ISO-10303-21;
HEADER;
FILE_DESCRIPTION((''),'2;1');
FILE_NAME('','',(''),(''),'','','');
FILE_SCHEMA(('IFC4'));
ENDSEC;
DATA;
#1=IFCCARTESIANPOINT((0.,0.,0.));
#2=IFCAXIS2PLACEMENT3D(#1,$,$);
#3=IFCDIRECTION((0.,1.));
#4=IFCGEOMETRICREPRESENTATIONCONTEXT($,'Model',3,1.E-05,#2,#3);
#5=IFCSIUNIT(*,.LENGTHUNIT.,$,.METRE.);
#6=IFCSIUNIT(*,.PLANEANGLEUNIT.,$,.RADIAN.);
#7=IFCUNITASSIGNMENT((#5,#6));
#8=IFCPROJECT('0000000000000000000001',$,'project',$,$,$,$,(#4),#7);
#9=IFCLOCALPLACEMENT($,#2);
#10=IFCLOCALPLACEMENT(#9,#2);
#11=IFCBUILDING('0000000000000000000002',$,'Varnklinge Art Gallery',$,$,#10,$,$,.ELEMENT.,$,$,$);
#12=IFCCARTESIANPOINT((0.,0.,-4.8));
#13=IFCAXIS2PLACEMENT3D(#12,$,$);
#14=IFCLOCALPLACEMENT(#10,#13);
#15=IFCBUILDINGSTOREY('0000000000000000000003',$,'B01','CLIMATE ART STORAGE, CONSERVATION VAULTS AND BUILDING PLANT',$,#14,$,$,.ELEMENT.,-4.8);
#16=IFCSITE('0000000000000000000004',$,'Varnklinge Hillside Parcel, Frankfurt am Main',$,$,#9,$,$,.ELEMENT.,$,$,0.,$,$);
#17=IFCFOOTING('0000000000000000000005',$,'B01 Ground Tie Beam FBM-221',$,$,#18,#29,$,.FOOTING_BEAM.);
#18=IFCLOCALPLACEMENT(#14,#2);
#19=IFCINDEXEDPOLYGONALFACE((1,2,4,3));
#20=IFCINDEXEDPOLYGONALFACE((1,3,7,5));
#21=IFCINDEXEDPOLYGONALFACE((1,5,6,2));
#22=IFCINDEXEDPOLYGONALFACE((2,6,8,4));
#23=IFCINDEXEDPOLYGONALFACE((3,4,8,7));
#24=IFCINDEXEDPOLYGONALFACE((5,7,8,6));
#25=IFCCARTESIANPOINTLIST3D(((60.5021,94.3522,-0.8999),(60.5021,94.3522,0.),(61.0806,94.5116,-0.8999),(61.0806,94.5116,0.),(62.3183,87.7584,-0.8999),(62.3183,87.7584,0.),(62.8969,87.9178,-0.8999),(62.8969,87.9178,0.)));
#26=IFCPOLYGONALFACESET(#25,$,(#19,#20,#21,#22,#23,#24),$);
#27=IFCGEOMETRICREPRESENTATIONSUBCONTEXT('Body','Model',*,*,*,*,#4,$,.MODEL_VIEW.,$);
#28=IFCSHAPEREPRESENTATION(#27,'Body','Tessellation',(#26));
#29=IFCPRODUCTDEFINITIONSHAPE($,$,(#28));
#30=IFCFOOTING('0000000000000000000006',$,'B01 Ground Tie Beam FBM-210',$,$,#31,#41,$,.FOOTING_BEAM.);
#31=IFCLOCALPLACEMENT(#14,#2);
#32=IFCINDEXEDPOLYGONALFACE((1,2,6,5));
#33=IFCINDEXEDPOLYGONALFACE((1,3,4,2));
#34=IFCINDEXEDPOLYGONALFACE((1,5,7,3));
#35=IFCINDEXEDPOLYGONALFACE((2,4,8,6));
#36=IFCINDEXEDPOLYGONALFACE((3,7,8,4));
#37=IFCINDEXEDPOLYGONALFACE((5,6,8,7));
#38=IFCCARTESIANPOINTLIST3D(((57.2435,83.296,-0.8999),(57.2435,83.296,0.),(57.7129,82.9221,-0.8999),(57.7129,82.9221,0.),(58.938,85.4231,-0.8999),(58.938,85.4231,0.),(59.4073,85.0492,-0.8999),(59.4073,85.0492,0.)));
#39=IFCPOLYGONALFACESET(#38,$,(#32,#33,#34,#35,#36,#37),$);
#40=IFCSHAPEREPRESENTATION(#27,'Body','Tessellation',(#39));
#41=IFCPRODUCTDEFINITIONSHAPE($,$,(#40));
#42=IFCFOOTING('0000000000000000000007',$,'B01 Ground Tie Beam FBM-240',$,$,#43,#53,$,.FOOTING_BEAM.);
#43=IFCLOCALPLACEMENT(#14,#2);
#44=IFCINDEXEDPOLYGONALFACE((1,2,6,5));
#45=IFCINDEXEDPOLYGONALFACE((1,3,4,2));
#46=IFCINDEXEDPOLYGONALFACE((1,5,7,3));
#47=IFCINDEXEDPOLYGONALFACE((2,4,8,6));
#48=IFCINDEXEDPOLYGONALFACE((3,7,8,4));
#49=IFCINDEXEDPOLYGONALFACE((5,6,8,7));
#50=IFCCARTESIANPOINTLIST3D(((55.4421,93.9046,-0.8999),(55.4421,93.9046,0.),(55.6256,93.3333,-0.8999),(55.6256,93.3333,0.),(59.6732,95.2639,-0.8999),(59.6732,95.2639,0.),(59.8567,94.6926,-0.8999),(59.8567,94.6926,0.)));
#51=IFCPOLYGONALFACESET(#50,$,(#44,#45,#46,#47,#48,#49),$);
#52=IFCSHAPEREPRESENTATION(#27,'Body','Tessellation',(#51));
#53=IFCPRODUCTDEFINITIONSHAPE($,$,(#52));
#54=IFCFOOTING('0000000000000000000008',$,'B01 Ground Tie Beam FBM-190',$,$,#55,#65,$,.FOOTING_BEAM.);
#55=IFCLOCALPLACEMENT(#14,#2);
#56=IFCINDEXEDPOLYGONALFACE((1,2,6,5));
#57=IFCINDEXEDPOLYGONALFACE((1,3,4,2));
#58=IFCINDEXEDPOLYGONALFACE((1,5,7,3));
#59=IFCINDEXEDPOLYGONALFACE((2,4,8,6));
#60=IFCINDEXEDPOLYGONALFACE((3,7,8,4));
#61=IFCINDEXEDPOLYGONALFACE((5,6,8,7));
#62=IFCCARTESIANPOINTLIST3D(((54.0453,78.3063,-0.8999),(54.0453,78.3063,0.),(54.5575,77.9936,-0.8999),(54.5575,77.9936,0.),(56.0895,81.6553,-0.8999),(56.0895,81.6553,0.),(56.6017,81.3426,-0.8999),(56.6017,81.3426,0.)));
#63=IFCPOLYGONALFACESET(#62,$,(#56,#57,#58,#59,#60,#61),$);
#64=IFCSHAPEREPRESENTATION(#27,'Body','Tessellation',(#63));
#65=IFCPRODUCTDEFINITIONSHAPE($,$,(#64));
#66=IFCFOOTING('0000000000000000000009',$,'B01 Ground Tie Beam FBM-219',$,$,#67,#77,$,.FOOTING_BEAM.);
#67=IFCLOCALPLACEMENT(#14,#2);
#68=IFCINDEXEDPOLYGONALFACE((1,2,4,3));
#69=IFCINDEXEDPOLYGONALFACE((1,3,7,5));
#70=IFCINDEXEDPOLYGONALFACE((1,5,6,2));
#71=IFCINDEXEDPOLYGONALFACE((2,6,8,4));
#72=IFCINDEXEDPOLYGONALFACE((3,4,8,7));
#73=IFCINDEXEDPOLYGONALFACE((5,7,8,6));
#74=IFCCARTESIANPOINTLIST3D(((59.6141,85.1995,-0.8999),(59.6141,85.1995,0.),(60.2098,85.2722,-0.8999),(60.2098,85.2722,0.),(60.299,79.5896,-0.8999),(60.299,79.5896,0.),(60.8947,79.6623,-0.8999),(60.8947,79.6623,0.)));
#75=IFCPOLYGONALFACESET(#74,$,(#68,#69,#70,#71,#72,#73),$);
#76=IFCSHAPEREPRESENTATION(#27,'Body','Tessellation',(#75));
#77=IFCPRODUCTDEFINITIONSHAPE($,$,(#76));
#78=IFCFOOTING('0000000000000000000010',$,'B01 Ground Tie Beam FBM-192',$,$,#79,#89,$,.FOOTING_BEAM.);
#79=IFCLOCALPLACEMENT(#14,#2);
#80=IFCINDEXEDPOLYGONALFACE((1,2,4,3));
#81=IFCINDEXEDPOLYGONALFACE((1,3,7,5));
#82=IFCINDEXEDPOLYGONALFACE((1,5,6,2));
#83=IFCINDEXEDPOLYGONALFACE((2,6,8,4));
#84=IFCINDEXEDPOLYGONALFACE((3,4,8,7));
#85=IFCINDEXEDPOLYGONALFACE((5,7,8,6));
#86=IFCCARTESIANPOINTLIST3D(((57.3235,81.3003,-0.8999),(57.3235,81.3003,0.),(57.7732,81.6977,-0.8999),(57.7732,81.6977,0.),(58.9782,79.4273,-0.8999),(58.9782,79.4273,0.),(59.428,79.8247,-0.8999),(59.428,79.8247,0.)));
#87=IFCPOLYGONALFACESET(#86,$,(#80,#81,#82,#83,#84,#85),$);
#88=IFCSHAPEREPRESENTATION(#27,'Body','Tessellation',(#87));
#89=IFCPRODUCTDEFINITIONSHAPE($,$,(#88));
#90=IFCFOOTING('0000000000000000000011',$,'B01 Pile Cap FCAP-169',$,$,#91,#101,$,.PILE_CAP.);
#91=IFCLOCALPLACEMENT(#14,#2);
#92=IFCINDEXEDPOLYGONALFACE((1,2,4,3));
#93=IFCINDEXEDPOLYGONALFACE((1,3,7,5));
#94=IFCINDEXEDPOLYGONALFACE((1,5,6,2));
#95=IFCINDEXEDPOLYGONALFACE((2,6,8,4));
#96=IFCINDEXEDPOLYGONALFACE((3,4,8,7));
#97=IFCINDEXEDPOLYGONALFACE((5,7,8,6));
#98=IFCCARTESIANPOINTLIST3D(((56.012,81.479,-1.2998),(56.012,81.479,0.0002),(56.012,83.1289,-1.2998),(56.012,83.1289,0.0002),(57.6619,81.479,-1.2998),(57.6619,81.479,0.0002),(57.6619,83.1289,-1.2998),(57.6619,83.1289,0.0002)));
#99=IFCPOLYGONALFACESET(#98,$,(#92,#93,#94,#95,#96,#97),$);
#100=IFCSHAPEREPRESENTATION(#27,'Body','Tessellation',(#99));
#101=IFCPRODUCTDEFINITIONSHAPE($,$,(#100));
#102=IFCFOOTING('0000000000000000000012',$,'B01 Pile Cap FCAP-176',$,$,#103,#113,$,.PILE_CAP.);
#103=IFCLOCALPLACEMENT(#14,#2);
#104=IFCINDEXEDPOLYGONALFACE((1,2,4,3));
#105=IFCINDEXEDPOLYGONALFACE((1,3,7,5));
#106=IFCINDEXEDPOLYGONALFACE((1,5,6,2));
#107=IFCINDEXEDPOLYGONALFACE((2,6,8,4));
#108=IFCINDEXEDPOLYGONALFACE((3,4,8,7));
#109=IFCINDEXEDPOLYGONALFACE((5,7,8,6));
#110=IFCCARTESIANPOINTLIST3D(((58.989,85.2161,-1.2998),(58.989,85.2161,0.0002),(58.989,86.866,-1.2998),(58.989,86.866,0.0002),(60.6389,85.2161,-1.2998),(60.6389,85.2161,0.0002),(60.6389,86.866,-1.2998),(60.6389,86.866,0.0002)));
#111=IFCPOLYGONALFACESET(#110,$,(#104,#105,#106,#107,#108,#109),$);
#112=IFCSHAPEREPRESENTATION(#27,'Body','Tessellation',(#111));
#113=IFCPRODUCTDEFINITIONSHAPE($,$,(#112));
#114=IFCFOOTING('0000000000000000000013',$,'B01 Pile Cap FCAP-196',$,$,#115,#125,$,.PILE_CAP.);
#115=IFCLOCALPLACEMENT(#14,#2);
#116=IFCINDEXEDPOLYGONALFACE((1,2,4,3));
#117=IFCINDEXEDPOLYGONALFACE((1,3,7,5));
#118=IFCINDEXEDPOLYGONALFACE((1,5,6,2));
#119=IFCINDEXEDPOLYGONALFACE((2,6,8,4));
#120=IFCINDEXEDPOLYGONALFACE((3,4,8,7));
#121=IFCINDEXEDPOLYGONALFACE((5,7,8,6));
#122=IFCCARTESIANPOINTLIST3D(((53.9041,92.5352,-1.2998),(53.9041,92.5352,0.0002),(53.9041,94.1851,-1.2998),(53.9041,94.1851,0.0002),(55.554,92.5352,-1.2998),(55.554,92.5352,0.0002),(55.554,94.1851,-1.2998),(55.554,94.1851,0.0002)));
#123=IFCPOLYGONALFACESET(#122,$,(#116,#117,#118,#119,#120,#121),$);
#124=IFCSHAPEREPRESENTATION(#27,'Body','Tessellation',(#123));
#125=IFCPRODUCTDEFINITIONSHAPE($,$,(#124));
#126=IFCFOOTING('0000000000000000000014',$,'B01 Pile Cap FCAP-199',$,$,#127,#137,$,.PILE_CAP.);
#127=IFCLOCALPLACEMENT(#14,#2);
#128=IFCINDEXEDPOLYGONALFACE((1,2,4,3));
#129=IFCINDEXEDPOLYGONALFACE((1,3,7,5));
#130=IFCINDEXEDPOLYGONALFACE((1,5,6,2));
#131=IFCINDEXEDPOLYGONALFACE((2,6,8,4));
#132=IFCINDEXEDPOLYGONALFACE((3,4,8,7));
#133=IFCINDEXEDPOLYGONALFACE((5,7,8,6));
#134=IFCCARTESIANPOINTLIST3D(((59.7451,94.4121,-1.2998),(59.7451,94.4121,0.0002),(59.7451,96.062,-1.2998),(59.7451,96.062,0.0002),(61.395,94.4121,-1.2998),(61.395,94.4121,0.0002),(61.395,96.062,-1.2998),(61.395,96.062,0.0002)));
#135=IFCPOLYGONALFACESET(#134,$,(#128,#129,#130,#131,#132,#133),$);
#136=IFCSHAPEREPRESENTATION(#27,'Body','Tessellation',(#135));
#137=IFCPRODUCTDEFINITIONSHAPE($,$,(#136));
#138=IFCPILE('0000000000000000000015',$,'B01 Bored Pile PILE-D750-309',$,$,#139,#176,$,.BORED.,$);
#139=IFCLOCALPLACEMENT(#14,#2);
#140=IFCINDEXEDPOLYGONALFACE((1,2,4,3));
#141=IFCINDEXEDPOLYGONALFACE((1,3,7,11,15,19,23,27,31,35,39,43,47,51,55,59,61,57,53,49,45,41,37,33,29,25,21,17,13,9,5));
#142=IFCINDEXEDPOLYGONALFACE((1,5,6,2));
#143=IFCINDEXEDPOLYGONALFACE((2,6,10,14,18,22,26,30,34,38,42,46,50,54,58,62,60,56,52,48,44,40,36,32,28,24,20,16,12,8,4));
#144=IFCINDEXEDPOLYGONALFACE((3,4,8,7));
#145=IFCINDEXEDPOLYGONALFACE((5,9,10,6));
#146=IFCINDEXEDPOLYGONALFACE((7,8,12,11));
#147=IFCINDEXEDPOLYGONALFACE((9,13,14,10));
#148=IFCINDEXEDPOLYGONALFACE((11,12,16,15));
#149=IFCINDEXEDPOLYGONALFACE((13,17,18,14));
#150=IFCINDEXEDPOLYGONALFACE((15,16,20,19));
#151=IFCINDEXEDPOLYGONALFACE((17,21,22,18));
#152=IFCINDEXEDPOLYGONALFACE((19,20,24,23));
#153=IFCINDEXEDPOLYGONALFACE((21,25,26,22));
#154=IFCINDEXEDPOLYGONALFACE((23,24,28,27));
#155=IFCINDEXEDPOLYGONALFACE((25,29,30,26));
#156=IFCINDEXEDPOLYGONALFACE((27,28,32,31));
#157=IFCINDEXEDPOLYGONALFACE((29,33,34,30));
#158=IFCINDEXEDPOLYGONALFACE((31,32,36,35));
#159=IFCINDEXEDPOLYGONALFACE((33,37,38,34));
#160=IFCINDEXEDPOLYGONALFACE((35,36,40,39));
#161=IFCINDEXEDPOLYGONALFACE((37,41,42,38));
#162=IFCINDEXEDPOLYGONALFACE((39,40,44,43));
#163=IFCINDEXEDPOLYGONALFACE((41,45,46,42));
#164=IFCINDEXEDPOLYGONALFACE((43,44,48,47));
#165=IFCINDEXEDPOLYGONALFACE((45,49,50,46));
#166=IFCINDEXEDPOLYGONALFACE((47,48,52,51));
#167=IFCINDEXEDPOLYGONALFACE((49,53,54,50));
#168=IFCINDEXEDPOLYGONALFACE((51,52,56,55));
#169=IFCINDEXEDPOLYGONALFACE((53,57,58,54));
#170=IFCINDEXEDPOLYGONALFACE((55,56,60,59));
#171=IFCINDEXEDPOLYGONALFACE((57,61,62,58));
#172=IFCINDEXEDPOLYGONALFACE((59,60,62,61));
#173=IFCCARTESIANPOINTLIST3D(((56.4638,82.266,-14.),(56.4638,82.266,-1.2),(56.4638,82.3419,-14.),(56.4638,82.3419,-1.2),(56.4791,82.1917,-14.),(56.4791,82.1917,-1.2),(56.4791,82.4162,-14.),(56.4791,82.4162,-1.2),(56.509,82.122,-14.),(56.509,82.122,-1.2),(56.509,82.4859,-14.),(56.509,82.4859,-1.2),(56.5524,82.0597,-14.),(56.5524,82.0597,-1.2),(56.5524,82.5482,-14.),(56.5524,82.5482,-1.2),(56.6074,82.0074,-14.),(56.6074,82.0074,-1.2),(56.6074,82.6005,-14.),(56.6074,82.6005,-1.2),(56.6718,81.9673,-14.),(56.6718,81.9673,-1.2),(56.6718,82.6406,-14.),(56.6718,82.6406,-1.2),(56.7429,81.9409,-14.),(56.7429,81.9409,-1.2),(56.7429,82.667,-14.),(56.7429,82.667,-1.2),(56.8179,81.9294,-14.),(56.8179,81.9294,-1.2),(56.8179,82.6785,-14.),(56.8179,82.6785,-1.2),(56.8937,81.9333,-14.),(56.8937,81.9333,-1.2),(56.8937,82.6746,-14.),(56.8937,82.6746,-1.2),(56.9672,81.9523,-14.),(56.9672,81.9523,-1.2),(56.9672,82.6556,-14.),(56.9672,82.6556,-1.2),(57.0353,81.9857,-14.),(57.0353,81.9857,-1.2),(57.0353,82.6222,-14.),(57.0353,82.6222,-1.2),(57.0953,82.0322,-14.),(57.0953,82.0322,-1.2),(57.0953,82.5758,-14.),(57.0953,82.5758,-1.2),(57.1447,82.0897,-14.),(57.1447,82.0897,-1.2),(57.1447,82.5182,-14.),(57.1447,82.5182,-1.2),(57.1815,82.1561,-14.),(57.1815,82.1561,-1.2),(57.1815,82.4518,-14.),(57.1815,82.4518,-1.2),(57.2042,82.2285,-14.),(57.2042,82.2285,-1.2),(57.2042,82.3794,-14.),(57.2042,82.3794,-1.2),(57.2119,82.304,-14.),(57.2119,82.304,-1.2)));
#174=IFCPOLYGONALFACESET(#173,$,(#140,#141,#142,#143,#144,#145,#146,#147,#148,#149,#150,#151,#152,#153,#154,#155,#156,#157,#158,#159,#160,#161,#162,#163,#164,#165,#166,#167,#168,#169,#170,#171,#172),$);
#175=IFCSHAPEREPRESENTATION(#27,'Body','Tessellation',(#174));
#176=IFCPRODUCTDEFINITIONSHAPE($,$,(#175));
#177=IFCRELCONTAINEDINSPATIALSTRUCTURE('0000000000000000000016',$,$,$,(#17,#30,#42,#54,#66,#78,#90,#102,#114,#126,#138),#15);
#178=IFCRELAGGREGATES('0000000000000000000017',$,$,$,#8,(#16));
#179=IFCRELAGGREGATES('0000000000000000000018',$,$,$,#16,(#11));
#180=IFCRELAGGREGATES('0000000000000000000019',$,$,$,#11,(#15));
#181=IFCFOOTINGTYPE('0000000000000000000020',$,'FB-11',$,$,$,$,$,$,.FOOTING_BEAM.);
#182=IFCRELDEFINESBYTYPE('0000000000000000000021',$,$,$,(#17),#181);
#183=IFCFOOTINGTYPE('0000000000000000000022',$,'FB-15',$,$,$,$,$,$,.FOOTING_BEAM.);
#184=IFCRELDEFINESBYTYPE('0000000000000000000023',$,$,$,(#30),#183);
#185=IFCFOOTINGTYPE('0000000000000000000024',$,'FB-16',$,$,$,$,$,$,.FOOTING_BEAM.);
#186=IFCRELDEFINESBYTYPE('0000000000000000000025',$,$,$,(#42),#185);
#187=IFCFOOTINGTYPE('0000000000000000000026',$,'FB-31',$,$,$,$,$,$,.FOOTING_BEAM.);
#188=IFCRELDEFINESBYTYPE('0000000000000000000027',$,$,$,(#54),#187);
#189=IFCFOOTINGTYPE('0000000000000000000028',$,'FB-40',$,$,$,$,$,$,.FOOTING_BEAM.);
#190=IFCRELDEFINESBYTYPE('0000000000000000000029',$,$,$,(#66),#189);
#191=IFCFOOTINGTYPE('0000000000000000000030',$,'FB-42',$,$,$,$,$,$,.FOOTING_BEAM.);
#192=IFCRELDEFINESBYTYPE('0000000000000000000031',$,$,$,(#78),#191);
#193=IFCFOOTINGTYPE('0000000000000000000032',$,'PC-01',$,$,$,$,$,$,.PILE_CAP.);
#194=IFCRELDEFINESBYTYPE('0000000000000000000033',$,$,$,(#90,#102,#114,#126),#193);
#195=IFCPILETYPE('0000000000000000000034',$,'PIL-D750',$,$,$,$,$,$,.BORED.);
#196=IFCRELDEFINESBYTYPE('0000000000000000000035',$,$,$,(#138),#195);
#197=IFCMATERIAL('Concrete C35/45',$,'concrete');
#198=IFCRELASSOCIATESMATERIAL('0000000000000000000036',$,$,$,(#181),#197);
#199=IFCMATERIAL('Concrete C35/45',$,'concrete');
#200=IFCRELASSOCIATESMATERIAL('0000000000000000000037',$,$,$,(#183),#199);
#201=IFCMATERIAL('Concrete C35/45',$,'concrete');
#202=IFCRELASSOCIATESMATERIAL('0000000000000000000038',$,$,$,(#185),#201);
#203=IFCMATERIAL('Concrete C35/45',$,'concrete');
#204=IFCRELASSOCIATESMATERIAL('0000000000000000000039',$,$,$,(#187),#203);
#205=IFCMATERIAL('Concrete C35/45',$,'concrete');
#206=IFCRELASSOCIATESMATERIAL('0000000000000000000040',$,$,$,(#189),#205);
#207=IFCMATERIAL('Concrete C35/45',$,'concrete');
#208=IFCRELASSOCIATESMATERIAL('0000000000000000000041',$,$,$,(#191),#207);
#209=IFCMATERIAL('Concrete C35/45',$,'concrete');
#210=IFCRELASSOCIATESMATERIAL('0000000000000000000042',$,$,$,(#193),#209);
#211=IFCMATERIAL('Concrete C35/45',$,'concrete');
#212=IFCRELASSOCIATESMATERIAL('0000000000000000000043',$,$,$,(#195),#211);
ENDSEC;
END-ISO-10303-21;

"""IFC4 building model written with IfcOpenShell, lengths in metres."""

from ifc_helpers import new_model, si_unit, direction, frame, origin, origin_2d, place, context, subcontext, project, spatial, rectangle, circle, extrude, material, material_profile, profile_set, type_object, element, save


model = new_model("IFC4")

# Units and contexts
model_context = context("Model", 3, precision=1e-05, world=origin(), true_north=direction((0.0, 1.0)))
body_context = subcontext(model_context, "Body", "Model", "MODEL_VIEW")
ifc_project = project(units=[si_unit("LENGTHUNIT", "METRE"), si_unit("PLANEANGLEUNIT", "RADIAN")], contexts=[model_context])

# Site, building, storey
site_placement = place(None, origin())
site = spatial("IfcSite", under=ifc_project, at=site_placement, Name="Varnklinge Hillside Parcel, Frankfurt am Main", CompositionType="ELEMENT", RefElevation=0.0)
building_placement = place(site_placement, origin())
building = spatial("IfcBuilding", under=site, at=building_placement, Name="Varnklinge Art Gallery", CompositionType="ELEMENT")
storey_placement = place(building_placement, frame((0.0, 0.0, -4.8)))
storey = spatial("IfcBuildingStorey", under=building, at=storey_placement, Name="B01", Description="CLIMATE ART STORAGE, CONSERVATION VAULTS AND BUILDING PLANT", CompositionType="ELEMENT", Elevation=-4.8)

# Footings
ifc_material_1 = material(Name="Concrete C35/45", Category="concrete")
footing_type_1 = type_object("IfcFootingType", Name="FB-11", PredefinedType="FOOTING_BEAM", material=ifc_material_1)
footing_1_placement = place(storey_placement, frame((61.6995, 91.135, -0.8999), z_axis=(0.0, 0.0, 1.0), x_axis=(-0.265556, 0.964095, 0.0)))
element("IfcFooting", 1, at=footing_1_placement, inside=storey, type_object=footing_type_1, Name="B01 Ground Tie Beam FBM-221", PredefinedType="FOOTING_BEAM", context=body_context, shape_type="SweptSolid", body=[
    extrude(rectangle(XDim=6.8394, YDim=0.6001, at=origin_2d()), origin(), (0.0, 0.0, 1.0), 0.8999),
])
ifc_material_2 = material(Name="Concrete C35/45", Category="concrete")
footing_type_2 = type_object("IfcFootingType", Name="FB-15", PredefinedType="FOOTING_BEAM", material=ifc_material_2)
footing_2_placement = place(storey_placement, frame((58.3254, 84.1726, -0.8999), z_axis=(0.0, 0.0, 1.0), x_axis=(0.623061, 0.782173, 0.0)))
element("IfcFooting", 2, at=footing_2_placement, inside=storey, type_object=footing_type_2, Name="B01 Ground Tie Beam FBM-210", PredefinedType="FOOTING_BEAM", context=body_context, shape_type="SweptSolid", body=[
    extrude(rectangle(XDim=2.7195, YDim=0.6001, at=origin_2d()), origin(), (0.0, 0.0, 1.0), 0.8999),
])
ifc_material_3 = material(Name="Concrete C35/45", Category="concrete")
footing_type_3 = type_object("IfcFootingType", Name="FB-16", PredefinedType="FOOTING_BEAM", material=ifc_material_3)
footing_3_placement = place(storey_placement, frame((57.6494, 94.2986, -0.8999), z_axis=(0.0, 0.0, 1.0), x_axis=(0.952076, 0.305861, 0.0)))
element("IfcFooting", 3, at=footing_3_placement, inside=storey, type_object=footing_type_3, Name="B01 Ground Tie Beam FBM-240", PredefinedType="FOOTING_BEAM", context=body_context, shape_type="SweptSolid", body=[
    extrude(rectangle(XDim=4.4441, YDim=0.6001, at=origin_2d()), origin(), (0.0, 0.0, 1.0), 0.8999),
])
ifc_material_4 = material(Name="Concrete C35/45", Category="concrete")
footing_type_4 = type_object("IfcFootingType", Name="FB-31", PredefinedType="FOOTING_BEAM", material=ifc_material_4)
footing_4_placement = place(storey_placement, frame((55.3235, 79.8245, -0.8999), z_axis=(0.0, 0.0, 1.0), x_axis=(0.52101, 0.853551, 0.0)))
element("IfcFooting", 4, at=footing_4_placement, inside=storey, type_object=footing_type_4, Name="B01 Ground Tie Beam FBM-190", PredefinedType="FOOTING_BEAM", context=body_context, shape_type="SweptSolid", body=[
    extrude(rectangle(XDim=3.9236, YDim=0.6001, at=origin_2d()), origin(), (0.0, 0.0, 1.0), 0.8999),
])
ifc_material_5 = material(Name="Concrete C35/45", Category="concrete")
footing_type_5 = type_object("IfcFootingType", Name="FB-40", PredefinedType="FOOTING_BEAM", material=ifc_material_5)
footing_5_placement = place(storey_placement, frame((60.2544, 82.4309, -0.8999), z_axis=(0.0, 0.0, 1.0), x_axis=(0.121176, -0.992631, 0.0)))
element("IfcFooting", 5, at=footing_5_placement, inside=storey, type_object=footing_type_5, Name="B01 Ground Tie Beam FBM-219", PredefinedType="FOOTING_BEAM", context=body_context, shape_type="SweptSolid", body=[
    extrude(rectangle(XDim=5.6516, YDim=0.6001, at=origin_2d()), origin(), (0.0, 0.0, 1.0), 0.8999),
])
ifc_material_6 = material(Name="Concrete C35/45", Category="concrete")
footing_type_6 = type_object("IfcFootingType", Name="FB-42", PredefinedType="FOOTING_BEAM", material=ifc_material_6)
footing_6_placement = place(storey_placement, frame((58.3757, 80.5625, -0.8999), z_axis=(0.0, 0.0, 1.0), x_axis=(-0.662097, 0.749418, 0.0)))
element("IfcFooting", 6, at=footing_6_placement, inside=storey, type_object=footing_type_6, Name="B01 Ground Tie Beam FBM-192", PredefinedType="FOOTING_BEAM", context=body_context, shape_type="SweptSolid", body=[
    extrude(rectangle(XDim=2.4993, YDim=0.6001, at=origin_2d()), origin(), (0.0, 0.0, 1.0), 0.8999),
])
ifc_material_7 = material(Name="Concrete C35/45", Category="concrete")
footing_type_7 = type_object("IfcFootingType", Name="PC-01", PredefinedType="PILE_CAP", material=ifc_material_7)
for number, where, z_axis, x_axis, name in (
    (7, (56.8369, 82.304, -1.2998), (0.0, 0.0, 1.0), (1.0, 0.0, 0.0), "B01 Pile Cap FCAP-169"),
    (8, (59.814, 86.041, -1.2998), (0.0, 0.0, 1.0), (1.0, 0.0, 0.0), "B01 Pile Cap FCAP-176"),
    (9, (54.729, 93.3601, -1.2998), (0.0, 0.0, 1.0), (1.0, 0.0, 0.0), "B01 Pile Cap FCAP-196"),
    (10, (60.5701, 95.2371, -1.2998), (0.0, 0.0, 1.0), (1.0, 0.0, 0.0), "B01 Pile Cap FCAP-199"),
):
    element("IfcFooting", number, at=place(storey_placement, frame(where, z_axis=z_axis, x_axis=x_axis)), inside=storey, type_object=footing_type_7, Name=name, PredefinedType="PILE_CAP", context=body_context, shape_type="SweptSolid", body=[
        extrude(rectangle(XDim=1.6499, YDim=1.6499, at=origin_2d()), origin(), (0.0, 0.0, 1.0), 1.3),
    ])

# Pile
ifc_material_8 = material(Name="Concrete C35/45", Category="concrete")
ifc_material_profile_1 = material_profile(ifc_material_8, circle(Radius=0.375, at=origin_2d()), Name="PILE D750")
ifc_profile_set_1 = profile_set([ifc_material_profile_1], Name="Concrete C35/45")
pile_type = type_object("IfcPileType", Name="PIL-D750", PredefinedType="BORED", material=ifc_profile_set_1)
for number, where, z_axis, x_axis, name in (
    (11, (56.8369, 82.304, -1.2), (0.0, 0.0, -1.0), (1.0, 0.0, 0.0), "B01 Bored Pile PILE-D750-309"),
):
    element("IfcPile", number, at=place(storey_placement, frame(where, z_axis=z_axis, x_axis=x_axis)), inside=storey, type_object=pile_type, Name=name, PredefinedType="BORED", context=body_context, shape_type="SweptSolid", body=[
        extrude(circle(Radius=0.375, at=origin_2d()), origin(), (0.0, 0.0, 1.0), 12.8),
    ])

save(model, "model.ifc")
